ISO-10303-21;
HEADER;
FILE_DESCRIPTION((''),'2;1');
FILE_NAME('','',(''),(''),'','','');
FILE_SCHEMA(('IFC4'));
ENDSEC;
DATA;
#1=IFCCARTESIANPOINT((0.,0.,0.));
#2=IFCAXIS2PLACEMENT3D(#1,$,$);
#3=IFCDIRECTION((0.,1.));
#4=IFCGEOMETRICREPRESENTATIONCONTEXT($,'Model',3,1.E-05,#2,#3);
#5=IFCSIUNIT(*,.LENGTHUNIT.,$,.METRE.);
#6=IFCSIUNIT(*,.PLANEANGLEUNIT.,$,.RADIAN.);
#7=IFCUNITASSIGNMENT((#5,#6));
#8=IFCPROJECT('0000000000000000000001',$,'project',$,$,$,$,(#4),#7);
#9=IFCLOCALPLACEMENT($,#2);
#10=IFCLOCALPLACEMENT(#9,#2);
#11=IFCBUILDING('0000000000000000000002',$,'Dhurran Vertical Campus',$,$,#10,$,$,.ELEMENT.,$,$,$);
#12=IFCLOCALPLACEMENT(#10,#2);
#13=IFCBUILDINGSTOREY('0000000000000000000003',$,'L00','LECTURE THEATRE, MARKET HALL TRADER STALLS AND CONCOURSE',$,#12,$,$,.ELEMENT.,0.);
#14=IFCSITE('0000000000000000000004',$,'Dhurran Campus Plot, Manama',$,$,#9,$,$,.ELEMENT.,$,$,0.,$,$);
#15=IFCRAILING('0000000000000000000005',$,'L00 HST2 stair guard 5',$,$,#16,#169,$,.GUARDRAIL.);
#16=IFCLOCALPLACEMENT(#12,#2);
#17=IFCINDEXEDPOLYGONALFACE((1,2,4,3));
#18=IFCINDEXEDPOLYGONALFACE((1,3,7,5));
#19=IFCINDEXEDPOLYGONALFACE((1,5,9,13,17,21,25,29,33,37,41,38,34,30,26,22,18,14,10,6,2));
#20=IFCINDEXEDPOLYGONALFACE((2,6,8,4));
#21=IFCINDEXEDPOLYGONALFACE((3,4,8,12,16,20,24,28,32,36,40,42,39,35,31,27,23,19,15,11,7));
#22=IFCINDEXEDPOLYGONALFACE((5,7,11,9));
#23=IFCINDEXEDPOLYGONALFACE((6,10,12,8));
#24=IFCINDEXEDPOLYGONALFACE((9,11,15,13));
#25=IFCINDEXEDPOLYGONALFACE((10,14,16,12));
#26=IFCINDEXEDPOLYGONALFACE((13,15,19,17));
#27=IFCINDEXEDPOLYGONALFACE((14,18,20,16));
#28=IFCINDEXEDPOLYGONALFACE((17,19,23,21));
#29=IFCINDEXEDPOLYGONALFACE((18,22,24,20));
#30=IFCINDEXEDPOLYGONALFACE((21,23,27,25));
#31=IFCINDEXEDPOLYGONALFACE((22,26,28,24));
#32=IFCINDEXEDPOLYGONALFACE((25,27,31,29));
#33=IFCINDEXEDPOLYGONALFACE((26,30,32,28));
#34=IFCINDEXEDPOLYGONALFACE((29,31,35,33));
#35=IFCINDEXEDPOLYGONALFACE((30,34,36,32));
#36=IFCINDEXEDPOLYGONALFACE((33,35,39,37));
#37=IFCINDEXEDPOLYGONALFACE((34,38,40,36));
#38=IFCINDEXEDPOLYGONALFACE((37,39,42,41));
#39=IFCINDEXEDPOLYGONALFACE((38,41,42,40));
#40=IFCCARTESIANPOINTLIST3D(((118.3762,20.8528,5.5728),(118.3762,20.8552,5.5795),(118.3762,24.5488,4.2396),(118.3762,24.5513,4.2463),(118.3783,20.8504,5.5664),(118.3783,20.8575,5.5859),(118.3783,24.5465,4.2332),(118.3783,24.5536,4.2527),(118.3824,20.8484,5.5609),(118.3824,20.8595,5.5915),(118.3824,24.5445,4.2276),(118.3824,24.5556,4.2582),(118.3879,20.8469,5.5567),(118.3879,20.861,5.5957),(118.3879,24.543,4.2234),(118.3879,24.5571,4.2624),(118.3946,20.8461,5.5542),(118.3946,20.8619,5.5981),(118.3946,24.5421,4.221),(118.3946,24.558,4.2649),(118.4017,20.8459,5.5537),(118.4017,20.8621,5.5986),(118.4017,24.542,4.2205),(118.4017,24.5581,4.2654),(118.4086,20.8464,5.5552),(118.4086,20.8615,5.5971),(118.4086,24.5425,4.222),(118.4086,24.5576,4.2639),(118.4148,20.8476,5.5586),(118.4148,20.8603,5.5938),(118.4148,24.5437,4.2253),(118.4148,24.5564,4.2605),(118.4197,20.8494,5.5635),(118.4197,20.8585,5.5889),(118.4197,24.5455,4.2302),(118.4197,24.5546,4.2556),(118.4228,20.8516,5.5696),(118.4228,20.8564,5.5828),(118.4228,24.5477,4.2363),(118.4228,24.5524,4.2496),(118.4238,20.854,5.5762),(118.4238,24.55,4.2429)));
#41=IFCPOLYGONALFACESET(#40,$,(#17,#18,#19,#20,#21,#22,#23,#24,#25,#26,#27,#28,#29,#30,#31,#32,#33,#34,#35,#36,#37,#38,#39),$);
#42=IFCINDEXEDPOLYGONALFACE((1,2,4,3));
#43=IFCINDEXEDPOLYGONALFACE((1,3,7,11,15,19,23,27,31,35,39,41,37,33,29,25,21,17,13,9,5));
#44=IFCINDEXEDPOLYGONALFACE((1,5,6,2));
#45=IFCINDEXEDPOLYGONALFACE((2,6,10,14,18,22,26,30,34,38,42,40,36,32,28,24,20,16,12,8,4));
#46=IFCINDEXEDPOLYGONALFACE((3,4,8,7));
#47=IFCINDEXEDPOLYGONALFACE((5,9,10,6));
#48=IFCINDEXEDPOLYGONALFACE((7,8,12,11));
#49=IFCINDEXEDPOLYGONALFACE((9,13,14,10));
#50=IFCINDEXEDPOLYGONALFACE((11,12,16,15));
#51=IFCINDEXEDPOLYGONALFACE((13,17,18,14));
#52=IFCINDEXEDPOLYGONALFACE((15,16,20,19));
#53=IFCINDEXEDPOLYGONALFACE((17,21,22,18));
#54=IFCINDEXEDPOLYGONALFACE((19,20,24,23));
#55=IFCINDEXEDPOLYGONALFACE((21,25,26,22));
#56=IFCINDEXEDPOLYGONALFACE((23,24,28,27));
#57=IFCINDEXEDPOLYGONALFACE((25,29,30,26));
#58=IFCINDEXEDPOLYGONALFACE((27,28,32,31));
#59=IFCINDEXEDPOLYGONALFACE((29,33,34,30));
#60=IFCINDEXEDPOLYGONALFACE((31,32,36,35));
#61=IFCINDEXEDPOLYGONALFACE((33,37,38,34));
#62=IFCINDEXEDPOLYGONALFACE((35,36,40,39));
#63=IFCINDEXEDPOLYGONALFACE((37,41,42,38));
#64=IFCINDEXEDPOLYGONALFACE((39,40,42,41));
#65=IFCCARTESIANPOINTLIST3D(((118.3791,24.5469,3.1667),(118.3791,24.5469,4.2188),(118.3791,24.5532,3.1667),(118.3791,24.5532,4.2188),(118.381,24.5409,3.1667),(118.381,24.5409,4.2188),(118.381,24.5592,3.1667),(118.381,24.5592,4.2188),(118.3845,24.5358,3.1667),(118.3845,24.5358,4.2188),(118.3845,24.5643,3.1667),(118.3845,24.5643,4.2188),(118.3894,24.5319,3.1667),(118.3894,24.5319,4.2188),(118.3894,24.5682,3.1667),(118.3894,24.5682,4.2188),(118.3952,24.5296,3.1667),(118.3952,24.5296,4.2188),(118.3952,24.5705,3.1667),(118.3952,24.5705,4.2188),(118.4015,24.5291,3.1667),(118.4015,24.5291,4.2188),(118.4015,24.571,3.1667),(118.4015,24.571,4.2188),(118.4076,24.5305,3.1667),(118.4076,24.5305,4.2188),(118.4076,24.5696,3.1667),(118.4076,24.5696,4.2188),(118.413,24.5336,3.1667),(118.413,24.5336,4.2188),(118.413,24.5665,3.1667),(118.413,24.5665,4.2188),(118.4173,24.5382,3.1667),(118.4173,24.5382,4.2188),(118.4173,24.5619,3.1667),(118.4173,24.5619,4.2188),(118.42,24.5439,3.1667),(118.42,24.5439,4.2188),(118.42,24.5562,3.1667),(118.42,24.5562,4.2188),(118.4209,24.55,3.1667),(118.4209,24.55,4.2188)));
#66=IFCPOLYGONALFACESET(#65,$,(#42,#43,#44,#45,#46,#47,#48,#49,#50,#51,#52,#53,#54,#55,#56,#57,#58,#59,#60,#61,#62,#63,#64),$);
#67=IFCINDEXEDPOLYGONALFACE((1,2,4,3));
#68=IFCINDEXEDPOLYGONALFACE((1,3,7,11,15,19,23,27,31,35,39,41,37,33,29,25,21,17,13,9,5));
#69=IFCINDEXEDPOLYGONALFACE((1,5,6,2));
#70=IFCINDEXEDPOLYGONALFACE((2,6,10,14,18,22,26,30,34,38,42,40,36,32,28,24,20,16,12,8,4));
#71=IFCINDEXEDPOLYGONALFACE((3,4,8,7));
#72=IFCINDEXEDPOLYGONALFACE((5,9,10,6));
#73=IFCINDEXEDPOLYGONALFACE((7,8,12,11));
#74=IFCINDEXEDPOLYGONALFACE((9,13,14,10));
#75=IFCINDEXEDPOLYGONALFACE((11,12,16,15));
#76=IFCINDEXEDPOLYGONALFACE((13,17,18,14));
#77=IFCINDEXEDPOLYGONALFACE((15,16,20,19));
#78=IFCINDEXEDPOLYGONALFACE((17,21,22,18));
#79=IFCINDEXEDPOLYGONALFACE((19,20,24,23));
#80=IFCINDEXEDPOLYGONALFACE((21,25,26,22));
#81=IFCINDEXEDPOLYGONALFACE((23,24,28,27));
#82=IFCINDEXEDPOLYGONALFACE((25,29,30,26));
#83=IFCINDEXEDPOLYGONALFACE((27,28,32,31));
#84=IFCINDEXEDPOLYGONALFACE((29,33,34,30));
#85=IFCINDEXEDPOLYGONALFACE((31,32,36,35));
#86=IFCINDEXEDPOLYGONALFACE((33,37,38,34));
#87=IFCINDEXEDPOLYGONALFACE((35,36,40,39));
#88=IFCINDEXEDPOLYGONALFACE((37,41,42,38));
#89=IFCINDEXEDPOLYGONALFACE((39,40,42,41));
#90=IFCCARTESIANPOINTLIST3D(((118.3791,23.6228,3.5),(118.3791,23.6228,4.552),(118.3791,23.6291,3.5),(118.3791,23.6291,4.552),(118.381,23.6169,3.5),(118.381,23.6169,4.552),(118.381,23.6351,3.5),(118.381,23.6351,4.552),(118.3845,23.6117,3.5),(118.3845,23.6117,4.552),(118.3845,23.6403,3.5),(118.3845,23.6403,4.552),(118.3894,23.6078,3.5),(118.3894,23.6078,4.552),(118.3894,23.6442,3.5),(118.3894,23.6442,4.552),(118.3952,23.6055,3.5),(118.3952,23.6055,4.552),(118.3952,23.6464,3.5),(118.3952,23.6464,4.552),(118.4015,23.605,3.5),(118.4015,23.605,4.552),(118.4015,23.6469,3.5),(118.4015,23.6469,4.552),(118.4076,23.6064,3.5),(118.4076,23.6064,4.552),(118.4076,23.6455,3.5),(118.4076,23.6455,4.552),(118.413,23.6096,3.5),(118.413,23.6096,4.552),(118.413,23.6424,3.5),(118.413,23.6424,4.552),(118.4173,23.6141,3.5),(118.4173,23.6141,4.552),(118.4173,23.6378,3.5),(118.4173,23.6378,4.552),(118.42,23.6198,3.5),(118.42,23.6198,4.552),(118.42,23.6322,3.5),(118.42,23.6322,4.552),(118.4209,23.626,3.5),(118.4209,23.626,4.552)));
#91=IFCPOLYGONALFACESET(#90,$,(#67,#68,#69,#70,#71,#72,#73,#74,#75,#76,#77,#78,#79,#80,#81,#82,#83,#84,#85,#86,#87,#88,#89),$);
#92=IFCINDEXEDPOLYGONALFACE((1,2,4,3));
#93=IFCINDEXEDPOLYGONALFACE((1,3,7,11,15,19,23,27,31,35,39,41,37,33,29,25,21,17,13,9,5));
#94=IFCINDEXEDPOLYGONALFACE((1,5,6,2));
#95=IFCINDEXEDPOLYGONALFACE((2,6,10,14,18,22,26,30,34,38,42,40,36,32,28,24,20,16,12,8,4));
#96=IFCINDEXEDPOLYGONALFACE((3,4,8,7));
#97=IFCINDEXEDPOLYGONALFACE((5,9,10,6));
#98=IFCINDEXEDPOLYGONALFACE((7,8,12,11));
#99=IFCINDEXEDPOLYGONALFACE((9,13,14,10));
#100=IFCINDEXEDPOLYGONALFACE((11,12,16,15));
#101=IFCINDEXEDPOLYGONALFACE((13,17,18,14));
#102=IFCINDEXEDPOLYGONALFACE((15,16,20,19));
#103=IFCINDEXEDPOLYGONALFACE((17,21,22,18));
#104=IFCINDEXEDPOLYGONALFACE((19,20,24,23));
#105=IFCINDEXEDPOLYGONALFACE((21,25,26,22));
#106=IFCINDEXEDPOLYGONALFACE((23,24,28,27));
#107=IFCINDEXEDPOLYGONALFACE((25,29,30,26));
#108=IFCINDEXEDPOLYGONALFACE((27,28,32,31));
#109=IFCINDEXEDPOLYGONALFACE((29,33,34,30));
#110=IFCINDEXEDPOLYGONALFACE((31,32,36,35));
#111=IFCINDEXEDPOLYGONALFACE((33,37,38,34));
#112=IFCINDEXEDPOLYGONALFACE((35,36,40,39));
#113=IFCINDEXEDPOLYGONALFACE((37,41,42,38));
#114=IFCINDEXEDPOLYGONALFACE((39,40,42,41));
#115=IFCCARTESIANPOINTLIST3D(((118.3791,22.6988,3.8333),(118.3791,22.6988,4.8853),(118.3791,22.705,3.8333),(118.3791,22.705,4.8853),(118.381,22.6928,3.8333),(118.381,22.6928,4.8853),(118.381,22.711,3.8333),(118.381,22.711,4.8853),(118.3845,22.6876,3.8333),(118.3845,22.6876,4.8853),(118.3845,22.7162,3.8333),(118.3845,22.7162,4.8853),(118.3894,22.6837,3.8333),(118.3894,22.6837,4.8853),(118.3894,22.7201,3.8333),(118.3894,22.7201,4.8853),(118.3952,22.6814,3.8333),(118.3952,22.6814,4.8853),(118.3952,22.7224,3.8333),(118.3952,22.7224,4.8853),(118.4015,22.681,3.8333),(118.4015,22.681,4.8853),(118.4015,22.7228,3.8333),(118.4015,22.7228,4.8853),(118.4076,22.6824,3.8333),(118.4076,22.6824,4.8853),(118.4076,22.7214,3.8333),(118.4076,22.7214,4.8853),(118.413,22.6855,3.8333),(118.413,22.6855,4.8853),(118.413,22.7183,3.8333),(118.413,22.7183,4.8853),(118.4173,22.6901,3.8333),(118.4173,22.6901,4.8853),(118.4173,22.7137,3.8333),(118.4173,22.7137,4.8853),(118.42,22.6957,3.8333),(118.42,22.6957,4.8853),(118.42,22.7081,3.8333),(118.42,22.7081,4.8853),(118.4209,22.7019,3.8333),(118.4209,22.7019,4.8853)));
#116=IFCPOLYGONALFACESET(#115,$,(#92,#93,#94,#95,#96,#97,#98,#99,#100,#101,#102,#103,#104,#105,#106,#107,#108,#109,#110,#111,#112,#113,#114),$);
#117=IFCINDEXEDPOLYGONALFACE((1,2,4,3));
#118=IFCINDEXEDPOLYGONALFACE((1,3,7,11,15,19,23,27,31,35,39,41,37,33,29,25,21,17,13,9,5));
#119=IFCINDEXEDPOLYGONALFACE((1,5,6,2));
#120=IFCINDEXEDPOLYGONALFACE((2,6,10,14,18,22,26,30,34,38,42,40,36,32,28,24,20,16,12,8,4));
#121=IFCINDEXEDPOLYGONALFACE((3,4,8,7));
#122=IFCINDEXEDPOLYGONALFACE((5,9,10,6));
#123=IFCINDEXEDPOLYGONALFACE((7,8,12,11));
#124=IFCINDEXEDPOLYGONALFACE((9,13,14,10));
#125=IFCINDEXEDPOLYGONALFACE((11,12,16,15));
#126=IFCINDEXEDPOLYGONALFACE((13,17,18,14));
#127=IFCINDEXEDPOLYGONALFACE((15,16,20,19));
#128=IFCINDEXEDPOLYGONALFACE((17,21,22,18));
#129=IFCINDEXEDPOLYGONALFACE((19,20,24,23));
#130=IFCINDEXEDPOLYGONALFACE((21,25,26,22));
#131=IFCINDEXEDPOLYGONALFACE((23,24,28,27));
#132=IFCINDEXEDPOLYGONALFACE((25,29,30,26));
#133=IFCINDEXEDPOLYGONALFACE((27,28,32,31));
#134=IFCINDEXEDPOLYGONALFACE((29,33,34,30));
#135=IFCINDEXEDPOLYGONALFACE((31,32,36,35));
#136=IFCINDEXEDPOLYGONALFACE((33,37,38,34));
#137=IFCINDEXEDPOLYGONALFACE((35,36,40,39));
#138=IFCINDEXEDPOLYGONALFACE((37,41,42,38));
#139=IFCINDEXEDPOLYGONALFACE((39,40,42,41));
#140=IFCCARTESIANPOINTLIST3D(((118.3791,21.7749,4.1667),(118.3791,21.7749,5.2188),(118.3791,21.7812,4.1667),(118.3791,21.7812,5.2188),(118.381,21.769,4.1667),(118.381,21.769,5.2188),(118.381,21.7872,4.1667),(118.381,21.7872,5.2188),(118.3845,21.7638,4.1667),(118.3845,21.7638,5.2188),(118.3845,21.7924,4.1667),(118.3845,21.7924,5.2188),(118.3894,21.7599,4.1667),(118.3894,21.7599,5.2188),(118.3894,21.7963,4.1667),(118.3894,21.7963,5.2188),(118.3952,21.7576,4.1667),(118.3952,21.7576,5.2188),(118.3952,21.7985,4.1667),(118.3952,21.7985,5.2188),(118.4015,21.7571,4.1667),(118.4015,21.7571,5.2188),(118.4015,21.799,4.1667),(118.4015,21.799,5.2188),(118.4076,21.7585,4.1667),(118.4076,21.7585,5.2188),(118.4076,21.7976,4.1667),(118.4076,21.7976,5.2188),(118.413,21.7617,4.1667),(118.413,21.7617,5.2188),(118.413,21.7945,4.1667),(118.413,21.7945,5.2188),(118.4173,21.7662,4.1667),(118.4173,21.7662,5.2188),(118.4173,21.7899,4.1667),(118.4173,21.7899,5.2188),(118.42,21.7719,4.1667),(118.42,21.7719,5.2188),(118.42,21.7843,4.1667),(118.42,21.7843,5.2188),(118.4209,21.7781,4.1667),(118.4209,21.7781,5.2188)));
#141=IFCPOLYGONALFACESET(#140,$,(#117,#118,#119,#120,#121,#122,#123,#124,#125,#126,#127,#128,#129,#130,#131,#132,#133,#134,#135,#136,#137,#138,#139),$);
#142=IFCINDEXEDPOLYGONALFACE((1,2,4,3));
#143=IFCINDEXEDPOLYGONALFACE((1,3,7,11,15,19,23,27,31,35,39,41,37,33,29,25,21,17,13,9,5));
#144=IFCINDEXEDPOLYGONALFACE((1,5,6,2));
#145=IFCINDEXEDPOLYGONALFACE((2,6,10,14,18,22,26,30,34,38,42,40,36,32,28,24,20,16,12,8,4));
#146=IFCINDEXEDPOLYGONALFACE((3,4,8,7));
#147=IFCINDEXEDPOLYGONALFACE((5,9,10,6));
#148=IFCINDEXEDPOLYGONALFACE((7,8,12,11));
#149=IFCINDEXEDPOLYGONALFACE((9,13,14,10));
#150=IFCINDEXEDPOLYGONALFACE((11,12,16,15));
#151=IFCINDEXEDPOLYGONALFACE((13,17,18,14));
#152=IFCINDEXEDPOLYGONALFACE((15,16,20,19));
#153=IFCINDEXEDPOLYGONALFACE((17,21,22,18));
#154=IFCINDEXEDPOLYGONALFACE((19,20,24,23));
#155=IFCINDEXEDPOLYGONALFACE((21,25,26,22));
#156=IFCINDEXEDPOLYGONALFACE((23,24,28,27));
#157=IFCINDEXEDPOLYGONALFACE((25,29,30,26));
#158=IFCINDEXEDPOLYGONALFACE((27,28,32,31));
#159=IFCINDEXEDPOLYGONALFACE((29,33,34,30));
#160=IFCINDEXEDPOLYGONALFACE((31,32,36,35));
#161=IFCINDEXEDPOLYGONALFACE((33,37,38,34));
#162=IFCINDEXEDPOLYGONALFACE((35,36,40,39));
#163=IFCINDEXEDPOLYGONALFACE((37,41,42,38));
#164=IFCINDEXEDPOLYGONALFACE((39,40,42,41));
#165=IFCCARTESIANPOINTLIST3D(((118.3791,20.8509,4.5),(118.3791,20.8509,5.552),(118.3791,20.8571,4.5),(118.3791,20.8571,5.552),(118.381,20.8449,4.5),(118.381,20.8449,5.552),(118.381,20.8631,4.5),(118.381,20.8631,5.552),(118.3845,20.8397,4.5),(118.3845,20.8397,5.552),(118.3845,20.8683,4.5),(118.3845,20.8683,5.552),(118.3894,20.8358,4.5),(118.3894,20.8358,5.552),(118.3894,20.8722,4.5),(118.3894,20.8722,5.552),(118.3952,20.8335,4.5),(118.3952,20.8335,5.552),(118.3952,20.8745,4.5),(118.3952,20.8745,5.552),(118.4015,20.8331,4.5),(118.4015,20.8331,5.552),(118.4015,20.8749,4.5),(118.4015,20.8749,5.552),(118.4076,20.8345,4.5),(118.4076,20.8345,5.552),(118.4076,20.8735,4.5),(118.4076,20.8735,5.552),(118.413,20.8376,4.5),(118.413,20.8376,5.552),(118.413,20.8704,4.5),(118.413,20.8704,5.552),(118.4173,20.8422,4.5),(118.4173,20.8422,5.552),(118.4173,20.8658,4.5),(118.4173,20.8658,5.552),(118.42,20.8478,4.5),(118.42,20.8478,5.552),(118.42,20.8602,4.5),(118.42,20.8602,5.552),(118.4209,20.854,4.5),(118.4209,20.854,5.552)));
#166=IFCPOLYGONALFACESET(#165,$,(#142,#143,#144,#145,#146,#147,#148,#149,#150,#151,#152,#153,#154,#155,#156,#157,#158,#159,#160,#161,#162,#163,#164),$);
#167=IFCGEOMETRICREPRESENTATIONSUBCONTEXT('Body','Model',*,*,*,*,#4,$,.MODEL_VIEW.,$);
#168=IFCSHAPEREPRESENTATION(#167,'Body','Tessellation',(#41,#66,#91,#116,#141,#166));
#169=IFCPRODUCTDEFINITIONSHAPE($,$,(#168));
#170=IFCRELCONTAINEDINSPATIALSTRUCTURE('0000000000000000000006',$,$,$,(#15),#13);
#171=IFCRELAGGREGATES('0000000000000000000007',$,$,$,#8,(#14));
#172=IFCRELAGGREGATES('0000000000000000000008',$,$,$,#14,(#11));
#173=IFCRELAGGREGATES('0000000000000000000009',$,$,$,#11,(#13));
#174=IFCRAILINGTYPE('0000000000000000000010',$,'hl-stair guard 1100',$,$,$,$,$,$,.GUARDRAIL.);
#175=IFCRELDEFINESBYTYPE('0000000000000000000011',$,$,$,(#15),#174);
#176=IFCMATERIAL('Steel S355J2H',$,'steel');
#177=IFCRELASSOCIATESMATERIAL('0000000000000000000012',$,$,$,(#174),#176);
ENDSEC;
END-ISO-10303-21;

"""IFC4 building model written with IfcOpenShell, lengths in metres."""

from ifc_helpers import new_model, si_unit, direction, frame, origin, origin_2d, place, context, subcontext, project, spatial, circle, extrude, material, type_object, element, save


model = new_model("IFC4")

# Units and contexts
model_context = context("Model", 3, precision=1e-05, world=origin(), true_north=direction((0.0, 1.0)))
body_context = subcontext(model_context, "Body", "Model", "MODEL_VIEW")
ifc_project = project(units=[si_unit("LENGTHUNIT", "METRE"), si_unit("PLANEANGLEUNIT", "RADIAN")], contexts=[model_context])

# Site, building, storey
site_placement = place(None, origin())
site = spatial("IfcSite", under=ifc_project, at=site_placement, Name="Dhurran Campus Plot, Manama", CompositionType="ELEMENT", RefElevation=0.0)
building_placement = place(site_placement, origin())
building = spatial("IfcBuilding", under=site, at=building_placement, Name="Dhurran Vertical Campus", CompositionType="ELEMENT")
storey_placement = place(building_placement, origin())
storey = spatial("IfcBuildingStorey", under=building, at=storey_placement, Name="L00", Description="LECTURE THEATRE, MARKET HALL TRADER STALLS AND CONCOURSE", CompositionType="ELEMENT", Elevation=0.0)

# Railing
ifc_material_1 = material(Name="Steel S355J2H", Category="steel")
railing_type_1 = type_object("IfcRailingType", Name="hl-stair guard 1100", PredefinedType="GUARDRAIL", material=ifc_material_1)
railing_1_placement = place(storey_placement, frame((118.3999, 24.55, 3.1667)))
element("IfcRailing", 1, at=railing_1_placement, inside=storey, type_object=railing_type_1, Name="L00 HST2 stair guard 5", PredefinedType="GUARDRAIL", context=body_context, shape_type="SweptSolid", body=[
    extrude(circle(Radius=0.0239, at=origin_2d()), frame((0.0, 0.0, 1.0762), z_axis=(0.0, -0.94067, 0.339322), x_axis=(1.0, 0.0, 0.0)), (0.0, 0.0, 1.0), 3.9292),
    extrude(circle(Radius=0.021, at=origin_2d()), origin(), (0.0, 0.0, 1.0), 1.052),
    extrude(circle(Radius=0.021, at=origin_2d()), frame((0.0, -0.9241, 0.3333)), (0.0, 0.0, 1.0), 1.052),
    extrude(circle(Radius=0.021, at=origin_2d()), frame((0.0, -1.8481, 0.6665)), (0.0, 0.0, 1.0), 1.052),
    extrude(circle(Radius=0.021, at=origin_2d()), frame((0.0, -2.772, 1.0)), (0.0, 0.0, 1.0), 1.052),
    extrude(circle(Radius=0.021, at=origin_2d()), frame((0.0, -3.696, 1.3333)), (0.0, 0.0, 1.0), 1.052),
])

save(model, "model.ifc")
